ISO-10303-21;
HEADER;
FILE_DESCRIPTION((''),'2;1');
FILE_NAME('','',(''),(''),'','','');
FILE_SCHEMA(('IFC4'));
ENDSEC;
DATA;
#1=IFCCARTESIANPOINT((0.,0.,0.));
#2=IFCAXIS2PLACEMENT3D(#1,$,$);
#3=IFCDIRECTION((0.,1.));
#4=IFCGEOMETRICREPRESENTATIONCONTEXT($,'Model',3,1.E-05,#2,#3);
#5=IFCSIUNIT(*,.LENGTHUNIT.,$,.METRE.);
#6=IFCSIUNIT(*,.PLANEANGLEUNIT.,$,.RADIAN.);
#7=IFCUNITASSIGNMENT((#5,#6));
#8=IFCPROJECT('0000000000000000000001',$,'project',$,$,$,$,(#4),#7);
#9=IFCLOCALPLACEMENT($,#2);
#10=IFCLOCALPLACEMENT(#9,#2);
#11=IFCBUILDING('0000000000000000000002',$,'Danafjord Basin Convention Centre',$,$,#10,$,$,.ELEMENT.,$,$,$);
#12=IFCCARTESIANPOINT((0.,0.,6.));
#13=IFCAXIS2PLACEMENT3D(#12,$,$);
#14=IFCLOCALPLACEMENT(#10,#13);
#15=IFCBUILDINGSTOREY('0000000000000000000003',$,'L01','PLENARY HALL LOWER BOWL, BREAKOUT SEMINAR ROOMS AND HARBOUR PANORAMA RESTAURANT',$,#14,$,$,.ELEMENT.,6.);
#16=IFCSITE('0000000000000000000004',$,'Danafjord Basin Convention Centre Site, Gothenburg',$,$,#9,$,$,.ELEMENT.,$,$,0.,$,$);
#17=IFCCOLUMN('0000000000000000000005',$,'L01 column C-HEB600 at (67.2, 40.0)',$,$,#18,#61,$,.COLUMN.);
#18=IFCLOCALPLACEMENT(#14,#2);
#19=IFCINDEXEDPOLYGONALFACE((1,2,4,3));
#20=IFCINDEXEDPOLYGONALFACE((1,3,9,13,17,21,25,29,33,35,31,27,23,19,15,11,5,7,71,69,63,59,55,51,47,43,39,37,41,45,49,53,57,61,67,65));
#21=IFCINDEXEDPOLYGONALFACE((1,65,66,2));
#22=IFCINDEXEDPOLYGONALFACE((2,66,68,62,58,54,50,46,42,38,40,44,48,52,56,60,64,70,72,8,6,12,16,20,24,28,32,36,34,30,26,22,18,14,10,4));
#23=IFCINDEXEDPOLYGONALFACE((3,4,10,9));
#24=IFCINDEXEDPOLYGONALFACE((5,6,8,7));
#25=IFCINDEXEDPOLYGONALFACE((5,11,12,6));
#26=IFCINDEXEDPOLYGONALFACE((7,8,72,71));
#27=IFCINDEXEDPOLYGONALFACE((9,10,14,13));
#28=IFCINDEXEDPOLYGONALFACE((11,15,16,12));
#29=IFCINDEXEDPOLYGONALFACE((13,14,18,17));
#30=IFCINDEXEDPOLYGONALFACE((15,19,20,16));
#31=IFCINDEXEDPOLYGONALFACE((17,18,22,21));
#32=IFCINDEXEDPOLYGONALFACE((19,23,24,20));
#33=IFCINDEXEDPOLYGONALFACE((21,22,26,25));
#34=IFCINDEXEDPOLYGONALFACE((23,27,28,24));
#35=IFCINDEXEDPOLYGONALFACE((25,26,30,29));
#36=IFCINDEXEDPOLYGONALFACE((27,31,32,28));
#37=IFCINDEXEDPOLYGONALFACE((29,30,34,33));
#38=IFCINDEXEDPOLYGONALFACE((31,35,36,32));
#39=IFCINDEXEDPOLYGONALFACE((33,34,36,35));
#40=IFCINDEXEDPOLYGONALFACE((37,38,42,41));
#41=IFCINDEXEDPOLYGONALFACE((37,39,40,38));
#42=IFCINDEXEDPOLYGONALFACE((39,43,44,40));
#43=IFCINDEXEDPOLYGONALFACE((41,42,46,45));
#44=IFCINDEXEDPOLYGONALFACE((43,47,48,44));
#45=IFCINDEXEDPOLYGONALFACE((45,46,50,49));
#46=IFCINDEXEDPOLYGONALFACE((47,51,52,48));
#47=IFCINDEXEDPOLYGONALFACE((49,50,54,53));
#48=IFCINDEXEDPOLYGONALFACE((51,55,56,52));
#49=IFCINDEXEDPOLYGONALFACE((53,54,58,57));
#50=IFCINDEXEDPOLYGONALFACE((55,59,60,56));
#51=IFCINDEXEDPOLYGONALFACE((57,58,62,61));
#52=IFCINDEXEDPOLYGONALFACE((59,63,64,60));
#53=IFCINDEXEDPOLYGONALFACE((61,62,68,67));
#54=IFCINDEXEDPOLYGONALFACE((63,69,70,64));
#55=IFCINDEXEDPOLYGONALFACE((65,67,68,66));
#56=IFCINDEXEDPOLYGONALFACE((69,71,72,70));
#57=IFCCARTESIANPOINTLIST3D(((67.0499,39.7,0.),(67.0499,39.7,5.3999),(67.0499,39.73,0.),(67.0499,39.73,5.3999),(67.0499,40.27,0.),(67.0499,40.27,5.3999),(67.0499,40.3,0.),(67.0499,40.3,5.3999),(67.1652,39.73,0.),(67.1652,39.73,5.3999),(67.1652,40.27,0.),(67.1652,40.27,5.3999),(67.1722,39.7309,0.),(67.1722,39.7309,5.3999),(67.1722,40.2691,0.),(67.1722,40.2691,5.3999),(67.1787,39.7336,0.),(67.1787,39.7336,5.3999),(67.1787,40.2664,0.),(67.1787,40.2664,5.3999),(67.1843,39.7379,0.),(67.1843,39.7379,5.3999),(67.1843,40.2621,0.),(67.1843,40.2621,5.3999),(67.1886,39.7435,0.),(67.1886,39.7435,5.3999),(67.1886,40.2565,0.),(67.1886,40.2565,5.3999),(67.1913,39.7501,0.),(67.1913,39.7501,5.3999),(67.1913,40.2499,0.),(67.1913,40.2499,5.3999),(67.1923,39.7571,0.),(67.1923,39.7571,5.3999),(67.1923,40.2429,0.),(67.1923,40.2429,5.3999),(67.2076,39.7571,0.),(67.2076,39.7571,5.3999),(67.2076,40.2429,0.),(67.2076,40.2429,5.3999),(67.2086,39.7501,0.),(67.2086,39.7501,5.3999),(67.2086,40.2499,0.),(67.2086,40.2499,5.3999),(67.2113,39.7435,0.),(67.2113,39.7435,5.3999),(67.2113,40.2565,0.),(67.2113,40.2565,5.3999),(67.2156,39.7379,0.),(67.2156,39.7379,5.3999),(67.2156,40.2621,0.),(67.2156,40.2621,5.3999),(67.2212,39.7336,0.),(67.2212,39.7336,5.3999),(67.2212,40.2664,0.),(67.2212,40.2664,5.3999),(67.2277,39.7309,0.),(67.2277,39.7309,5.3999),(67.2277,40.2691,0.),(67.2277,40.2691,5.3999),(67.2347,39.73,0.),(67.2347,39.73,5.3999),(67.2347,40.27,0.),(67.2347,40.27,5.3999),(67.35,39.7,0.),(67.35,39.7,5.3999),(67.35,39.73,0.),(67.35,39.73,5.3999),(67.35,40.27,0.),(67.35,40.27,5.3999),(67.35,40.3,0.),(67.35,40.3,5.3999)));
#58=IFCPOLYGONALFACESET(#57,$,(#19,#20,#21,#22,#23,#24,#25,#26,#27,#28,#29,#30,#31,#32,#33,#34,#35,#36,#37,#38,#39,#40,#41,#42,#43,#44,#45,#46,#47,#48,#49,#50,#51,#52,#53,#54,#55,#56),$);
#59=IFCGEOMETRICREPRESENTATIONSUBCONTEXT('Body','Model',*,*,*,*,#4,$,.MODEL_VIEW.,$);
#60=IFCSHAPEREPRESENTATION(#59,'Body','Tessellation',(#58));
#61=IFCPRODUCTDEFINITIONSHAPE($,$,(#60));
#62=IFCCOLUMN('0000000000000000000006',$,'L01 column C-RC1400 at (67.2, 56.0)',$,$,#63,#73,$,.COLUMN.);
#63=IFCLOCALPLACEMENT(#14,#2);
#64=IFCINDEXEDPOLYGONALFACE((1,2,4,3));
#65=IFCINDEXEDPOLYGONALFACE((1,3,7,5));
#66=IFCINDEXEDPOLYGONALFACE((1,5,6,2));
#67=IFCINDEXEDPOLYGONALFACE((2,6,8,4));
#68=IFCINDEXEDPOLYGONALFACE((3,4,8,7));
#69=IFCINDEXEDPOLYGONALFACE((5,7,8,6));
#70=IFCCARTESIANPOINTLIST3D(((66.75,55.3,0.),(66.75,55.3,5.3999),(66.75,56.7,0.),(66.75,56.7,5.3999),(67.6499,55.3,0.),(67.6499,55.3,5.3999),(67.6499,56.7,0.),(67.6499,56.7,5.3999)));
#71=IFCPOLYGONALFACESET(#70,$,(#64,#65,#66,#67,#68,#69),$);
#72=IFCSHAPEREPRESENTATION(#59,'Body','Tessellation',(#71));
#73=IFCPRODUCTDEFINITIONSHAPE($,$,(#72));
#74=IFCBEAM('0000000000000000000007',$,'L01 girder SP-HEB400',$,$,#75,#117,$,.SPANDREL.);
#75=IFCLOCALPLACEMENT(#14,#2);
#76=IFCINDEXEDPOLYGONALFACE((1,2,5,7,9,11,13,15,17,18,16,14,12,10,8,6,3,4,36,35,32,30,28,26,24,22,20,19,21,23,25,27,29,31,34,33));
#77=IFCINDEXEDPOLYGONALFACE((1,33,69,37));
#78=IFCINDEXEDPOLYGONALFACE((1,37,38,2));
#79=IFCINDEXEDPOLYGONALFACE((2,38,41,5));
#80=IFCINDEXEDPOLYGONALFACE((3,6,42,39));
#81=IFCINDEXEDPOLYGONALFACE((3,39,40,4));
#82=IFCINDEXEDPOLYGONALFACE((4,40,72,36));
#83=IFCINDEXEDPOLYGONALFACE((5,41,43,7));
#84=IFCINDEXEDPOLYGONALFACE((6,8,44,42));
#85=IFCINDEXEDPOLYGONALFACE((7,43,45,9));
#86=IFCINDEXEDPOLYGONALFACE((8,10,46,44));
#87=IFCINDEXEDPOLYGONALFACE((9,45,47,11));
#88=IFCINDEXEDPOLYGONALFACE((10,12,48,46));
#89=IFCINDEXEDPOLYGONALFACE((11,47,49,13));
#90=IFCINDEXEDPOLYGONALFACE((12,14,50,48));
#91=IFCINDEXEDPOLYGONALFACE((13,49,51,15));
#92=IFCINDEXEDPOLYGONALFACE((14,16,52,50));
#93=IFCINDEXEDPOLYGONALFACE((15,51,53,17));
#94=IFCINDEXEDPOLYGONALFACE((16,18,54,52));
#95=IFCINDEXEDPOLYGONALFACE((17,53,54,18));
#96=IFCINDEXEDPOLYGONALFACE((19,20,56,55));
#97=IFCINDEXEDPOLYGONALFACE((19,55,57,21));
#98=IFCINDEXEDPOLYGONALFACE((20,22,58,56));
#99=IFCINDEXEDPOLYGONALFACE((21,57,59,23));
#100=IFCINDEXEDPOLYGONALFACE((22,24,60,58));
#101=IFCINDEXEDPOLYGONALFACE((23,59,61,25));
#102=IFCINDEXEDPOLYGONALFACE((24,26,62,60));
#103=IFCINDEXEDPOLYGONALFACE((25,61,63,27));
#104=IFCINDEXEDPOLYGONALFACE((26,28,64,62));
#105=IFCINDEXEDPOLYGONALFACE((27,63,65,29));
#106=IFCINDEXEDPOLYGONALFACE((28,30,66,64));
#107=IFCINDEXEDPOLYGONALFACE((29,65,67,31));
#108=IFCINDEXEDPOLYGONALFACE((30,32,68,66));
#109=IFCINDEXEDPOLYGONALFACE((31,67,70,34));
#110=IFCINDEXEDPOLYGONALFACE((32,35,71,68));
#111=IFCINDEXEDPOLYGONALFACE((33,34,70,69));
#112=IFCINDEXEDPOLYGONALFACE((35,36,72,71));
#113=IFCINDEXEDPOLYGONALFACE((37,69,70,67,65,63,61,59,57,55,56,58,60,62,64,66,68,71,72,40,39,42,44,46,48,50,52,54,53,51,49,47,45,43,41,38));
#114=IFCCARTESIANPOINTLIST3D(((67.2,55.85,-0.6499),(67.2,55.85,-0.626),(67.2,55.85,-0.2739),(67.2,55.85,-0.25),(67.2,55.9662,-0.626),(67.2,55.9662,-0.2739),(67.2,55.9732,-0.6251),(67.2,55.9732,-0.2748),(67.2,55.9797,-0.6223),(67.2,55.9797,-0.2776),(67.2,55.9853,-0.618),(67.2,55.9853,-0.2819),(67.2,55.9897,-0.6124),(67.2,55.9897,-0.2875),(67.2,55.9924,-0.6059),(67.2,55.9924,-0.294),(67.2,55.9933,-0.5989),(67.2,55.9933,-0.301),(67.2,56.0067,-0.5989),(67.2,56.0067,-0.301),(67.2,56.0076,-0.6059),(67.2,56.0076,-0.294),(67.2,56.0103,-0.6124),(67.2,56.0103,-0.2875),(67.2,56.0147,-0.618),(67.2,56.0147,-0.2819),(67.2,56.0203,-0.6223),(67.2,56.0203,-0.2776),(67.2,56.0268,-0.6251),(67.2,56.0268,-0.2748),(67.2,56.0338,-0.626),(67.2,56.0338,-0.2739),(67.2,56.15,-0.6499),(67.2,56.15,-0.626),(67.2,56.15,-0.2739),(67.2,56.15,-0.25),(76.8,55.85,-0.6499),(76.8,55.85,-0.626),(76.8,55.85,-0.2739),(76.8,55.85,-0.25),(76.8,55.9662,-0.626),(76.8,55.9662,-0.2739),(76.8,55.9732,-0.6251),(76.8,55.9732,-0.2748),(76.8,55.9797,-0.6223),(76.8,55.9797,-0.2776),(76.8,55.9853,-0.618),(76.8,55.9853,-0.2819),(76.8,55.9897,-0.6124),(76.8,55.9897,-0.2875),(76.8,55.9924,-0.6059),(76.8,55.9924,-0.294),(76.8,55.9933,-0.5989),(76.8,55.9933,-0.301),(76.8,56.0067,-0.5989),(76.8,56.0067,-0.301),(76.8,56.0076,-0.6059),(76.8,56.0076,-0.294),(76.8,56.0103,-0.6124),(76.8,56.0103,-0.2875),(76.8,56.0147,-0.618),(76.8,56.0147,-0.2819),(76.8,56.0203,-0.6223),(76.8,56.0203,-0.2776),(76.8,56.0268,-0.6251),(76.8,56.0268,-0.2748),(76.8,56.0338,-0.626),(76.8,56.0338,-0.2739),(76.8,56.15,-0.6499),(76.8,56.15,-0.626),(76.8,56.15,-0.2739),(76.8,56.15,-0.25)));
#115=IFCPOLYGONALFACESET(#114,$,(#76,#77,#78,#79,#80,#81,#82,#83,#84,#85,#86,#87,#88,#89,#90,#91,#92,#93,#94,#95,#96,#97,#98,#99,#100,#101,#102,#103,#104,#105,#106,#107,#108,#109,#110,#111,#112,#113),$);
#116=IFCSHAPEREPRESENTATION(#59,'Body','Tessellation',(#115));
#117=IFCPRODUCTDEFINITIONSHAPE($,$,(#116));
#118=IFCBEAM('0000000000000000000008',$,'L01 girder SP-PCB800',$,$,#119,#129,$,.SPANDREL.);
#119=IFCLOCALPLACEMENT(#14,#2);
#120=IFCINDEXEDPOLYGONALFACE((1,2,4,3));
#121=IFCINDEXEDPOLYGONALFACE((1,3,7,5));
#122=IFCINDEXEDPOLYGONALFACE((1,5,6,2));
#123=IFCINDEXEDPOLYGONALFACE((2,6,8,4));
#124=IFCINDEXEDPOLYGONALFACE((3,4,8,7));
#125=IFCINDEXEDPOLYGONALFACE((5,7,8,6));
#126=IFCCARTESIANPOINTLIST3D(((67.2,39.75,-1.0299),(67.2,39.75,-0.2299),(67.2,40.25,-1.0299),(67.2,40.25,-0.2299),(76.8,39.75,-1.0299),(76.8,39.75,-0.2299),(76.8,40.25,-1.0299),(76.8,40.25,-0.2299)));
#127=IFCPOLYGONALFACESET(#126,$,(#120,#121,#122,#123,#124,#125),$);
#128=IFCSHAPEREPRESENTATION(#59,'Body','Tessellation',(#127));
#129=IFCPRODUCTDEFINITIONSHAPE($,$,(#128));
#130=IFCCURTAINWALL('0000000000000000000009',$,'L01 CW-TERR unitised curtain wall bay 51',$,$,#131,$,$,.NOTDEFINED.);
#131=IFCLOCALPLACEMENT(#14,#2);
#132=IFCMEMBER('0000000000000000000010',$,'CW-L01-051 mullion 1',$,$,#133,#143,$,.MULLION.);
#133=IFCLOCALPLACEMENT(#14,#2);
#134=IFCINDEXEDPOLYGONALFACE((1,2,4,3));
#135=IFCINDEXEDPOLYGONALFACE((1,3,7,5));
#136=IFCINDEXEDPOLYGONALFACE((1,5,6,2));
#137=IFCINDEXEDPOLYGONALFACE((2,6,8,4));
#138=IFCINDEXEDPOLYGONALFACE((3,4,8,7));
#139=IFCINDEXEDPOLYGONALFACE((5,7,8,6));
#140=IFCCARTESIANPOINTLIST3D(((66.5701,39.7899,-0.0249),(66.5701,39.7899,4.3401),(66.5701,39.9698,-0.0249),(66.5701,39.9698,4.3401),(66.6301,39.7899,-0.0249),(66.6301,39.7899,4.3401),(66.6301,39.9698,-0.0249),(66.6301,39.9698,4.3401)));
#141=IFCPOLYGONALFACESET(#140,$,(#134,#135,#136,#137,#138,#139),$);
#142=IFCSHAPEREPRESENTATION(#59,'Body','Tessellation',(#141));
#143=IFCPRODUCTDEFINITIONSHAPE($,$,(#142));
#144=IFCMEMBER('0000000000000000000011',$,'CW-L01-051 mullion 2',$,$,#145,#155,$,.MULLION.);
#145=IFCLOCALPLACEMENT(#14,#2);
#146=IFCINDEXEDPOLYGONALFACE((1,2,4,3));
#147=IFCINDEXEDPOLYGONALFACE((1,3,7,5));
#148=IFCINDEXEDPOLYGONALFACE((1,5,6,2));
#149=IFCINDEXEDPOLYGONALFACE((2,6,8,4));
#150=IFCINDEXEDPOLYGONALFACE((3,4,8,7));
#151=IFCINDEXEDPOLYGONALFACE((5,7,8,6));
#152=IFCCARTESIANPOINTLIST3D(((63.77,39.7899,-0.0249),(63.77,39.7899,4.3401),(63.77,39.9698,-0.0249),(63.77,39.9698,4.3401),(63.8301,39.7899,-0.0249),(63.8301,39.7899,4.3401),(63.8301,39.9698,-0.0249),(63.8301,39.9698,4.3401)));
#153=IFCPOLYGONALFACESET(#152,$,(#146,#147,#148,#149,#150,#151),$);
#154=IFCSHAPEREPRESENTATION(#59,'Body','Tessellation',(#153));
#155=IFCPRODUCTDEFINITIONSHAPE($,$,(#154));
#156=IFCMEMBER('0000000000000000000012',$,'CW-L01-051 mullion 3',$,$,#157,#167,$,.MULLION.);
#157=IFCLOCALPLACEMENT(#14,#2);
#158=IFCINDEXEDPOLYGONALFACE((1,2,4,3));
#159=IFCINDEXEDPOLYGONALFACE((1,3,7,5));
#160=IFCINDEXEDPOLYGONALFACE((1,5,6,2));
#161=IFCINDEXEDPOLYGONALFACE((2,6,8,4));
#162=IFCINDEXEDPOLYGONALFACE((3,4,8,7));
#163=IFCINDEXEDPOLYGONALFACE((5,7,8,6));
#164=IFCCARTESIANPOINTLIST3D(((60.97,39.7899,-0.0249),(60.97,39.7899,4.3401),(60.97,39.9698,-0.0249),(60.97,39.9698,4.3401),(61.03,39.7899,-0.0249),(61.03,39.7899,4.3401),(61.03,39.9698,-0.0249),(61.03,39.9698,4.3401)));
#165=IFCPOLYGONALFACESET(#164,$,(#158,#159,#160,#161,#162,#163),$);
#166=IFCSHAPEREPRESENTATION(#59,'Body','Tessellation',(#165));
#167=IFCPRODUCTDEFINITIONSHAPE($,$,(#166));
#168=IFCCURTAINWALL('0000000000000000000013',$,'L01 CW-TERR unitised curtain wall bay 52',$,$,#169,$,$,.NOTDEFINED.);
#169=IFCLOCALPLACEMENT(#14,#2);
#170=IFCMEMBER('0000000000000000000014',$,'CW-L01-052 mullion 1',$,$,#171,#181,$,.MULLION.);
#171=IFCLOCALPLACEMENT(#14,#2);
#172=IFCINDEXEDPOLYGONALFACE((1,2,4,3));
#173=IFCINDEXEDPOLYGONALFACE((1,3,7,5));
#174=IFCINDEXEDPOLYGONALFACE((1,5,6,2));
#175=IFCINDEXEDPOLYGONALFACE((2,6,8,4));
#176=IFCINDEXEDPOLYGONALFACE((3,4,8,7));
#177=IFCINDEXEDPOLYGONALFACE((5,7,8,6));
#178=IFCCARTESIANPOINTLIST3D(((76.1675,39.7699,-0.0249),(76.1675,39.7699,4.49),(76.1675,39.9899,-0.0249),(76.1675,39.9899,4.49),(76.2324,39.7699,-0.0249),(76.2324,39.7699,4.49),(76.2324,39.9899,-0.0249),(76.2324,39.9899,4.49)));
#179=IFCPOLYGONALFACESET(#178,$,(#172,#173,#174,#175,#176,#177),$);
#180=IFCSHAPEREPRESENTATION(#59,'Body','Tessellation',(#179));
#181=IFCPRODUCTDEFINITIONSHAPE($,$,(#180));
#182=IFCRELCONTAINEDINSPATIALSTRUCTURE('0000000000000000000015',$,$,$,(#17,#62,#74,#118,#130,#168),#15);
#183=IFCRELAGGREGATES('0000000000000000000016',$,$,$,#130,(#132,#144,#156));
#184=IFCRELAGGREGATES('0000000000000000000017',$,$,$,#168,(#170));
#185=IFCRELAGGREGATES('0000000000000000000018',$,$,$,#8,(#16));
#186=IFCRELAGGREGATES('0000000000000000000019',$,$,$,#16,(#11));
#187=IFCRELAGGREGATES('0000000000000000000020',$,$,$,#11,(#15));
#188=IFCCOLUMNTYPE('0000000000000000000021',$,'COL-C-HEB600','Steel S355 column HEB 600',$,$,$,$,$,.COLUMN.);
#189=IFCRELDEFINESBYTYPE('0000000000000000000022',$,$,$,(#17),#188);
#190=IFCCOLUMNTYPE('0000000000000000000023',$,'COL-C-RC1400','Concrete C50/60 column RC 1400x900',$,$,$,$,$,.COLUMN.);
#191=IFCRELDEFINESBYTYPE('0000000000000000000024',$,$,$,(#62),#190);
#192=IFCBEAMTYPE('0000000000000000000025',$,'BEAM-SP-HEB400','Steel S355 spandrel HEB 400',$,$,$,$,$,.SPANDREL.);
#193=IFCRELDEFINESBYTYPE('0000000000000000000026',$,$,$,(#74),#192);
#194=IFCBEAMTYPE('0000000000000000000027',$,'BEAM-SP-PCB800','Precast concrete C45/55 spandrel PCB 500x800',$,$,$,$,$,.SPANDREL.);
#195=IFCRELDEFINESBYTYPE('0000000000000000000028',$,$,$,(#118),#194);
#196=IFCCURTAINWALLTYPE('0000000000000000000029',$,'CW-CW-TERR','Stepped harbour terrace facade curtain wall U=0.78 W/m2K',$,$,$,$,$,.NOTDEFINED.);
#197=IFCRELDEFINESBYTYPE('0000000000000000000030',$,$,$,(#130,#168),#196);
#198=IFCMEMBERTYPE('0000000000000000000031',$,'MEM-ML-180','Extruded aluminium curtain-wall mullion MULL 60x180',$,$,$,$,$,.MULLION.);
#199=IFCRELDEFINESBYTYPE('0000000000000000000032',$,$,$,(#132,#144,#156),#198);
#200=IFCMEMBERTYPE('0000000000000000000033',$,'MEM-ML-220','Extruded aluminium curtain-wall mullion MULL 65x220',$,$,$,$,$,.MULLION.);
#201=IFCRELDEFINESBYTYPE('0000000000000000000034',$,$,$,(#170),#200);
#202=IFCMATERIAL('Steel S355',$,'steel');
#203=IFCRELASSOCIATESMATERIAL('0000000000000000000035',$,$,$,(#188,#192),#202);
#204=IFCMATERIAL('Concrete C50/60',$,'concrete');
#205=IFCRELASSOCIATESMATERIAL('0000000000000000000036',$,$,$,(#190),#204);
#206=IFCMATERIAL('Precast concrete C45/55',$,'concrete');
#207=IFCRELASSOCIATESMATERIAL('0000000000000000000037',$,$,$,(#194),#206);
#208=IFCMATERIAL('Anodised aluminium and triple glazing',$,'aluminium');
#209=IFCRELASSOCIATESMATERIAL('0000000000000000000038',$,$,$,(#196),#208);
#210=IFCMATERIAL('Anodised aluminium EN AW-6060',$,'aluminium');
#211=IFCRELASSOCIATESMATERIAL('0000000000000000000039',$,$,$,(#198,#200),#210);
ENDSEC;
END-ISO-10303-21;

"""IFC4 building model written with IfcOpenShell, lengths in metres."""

from ifc_helpers import new_model, si_unit, direction, frame, origin, origin_2d, place, context, subcontext, project, spatial, rectangle, i_section, extrude, material, material_profile, profile_set, type_object, element, aggregate, save


model = new_model("IFC4")

# Units and contexts
model_context = context("Model", 3, precision=1e-05, world=origin(), true_north=direction((0.0, 1.0)))
body_context = subcontext(model_context, "Body", "Model", "MODEL_VIEW")
ifc_project = project(units=[si_unit("LENGTHUNIT", "METRE"), si_unit("PLANEANGLEUNIT", "RADIAN")], contexts=[model_context])

# Site, building, storey
site_placement = place(None, origin())
site = spatial("IfcSite", under=ifc_project, at=site_placement, Name="Danafjord Basin Convention Centre Site, Gothenburg", CompositionType="ELEMENT", RefElevation=0.0)
building_placement = place(site_placement, origin())
building = spatial("IfcBuilding", under=site, at=building_placement, Name="Danafjord Basin Convention Centre", CompositionType="ELEMENT")
storey_placement = place(building_placement, frame((0.0, 0.0, 6.0)))
storey = spatial("IfcBuildingStorey", under=building, at=storey_placement, Name="L01", Description="PLENARY HALL LOWER BOWL, BREAKOUT SEMINAR ROOMS AND HARBOUR PANORAMA RESTAURANT", CompositionType="ELEMENT", Elevation=6.0)

# Columns
ifc_material_1 = material(Name="Steel S355", Category="steel")
ifc_material_profile_1 = material_profile(ifc_material_1, i_section(OverallWidth=0.3, OverallDepth=0.6001, WebThickness=0.0154, FlangeThickness=0.03, FilletRadius=0.0271, at=origin_2d()), Name="HEB 600")
ifc_profile_set_1 = profile_set([ifc_material_profile_1], Name="Steel S355")
column_type_1 = type_object("IfcColumnType", Name="COL-C-HEB600", Description="Steel S355 column HEB 600", PredefinedType="COLUMN", material=ifc_profile_set_1)
column_1_placement = place(storey_placement, frame((67.2, 40.0, 0.0), z_axis=(0.0, 0.0, 1.0), x_axis=(1.0, 0.0, 0.0)))
element("IfcColumn", 1, at=column_1_placement, inside=storey, type_object=column_type_1, Name="L01 column C-HEB600 at (67.2, 40.0)", PredefinedType="COLUMN", context=body_context, shape_type="SweptSolid", body=[
    extrude(i_section(OverallWidth=0.3, OverallDepth=0.6001, WebThickness=0.0154, FlangeThickness=0.03, FilletRadius=0.0271, at=origin_2d()), origin(), (0.0, 0.0, 1.0), 5.3999),
])
ifc_material_2 = material(Name="Concrete C50/60", Category="concrete")
ifc_material_profile_2 = material_profile(ifc_material_2, rectangle(XDim=0.8999, YDim=1.3999, at=origin_2d()), Name="RC 1400x900")
ifc_profile_set_2 = profile_set([ifc_material_profile_2], Name="Concrete C50/60")
column_type_2 = type_object("IfcColumnType", Name="COL-C-RC1400", Description="Concrete C50/60 column RC 1400x900", PredefinedType="COLUMN", material=ifc_profile_set_2)
column_2_placement = place(storey_placement, frame((67.2, 56.0, 0.0), z_axis=(0.0, 0.0, 1.0), x_axis=(1.0, 0.0, 0.0)))
element("IfcColumn", 2, at=column_2_placement, inside=storey, type_object=column_type_2, Name="L01 column C-RC1400 at (67.2, 56.0)", PredefinedType="COLUMN", context=body_context, shape_type="SweptSolid", body=[
    extrude(rectangle(XDim=0.8999, YDim=1.3999, at=origin_2d()), origin(), (0.0, 0.0, 1.0), 5.3999),
])

# Beams
ifc_material_profile_3 = material_profile(ifc_material_1, i_section(OverallWidth=0.3, OverallDepth=0.3999, WebThickness=0.0134, FlangeThickness=0.0239, FilletRadius=0.0271, at=origin_2d()), Name="HEB 400")
ifc_profile_set_3 = profile_set([ifc_material_profile_3], Name="Steel S355")
beam_type_1 = type_object("IfcBeamType", Name="BEAM-SP-HEB400", Description="Steel S355 spandrel HEB 400", PredefinedType="SPANDREL", material=ifc_profile_set_3)
beam_1_placement = place(storey_placement, frame((67.2, 56.0, -0.45), z_axis=(1.0, 0.0, 0.0), x_axis=(0.0, 1.0, 0.0)))
element("IfcBeam", 3, at=beam_1_placement, inside=storey, type_object=beam_type_1, Name="L01 girder SP-HEB400", PredefinedType="SPANDREL", context=body_context, shape_type="SweptSolid", body=[
    extrude(i_section(OverallWidth=0.3, OverallDepth=0.3999, WebThickness=0.0134, FlangeThickness=0.0239, FilletRadius=0.0271, at=origin_2d()), origin(), (0.0, 0.0, 1.0), 9.6001),
])
ifc_material_3 = material(Name="Precast concrete C45/55", Category="concrete")
ifc_material_profile_4 = material_profile(ifc_material_3, rectangle(XDim=0.5, YDim=0.8, at=origin_2d()), Name="PCB 500x800")
ifc_profile_set_4 = profile_set([ifc_material_profile_4], Name="Precast concrete C45/55")
beam_type_2 = type_object("IfcBeamType", Name="BEAM-SP-PCB800", Description="Precast concrete C45/55 spandrel PCB 500x800", PredefinedType="SPANDREL", material=ifc_profile_set_4)
beam_2_placement = place(storey_placement, frame((67.2, 40.0, -0.6299), z_axis=(1.0, 0.0, 0.0), x_axis=(0.0, 1.0, 0.0)))
element("IfcBeam", 4, at=beam_2_placement, inside=storey, type_object=beam_type_2, Name="L01 girder SP-PCB800", PredefinedType="SPANDREL", context=body_context, shape_type="SweptSolid", body=[
    extrude(rectangle(XDim=0.5, YDim=0.8, at=origin_2d()), origin(), (0.0, 0.0, 1.0), 9.6001),
])

# Curtain walls, members
ifc_material_4 = material(Name="Anodised aluminium and triple glazing", Category="aluminium")
curtain_wall_type_1 = type_object("IfcCurtainWallType", Name="CW-CW-TERR", Description="Stepped harbour terrace facade curtain wall U=0.78 W/m2K", PredefinedType="NOTDEFINED", material=ifc_material_4)
curtain_wall_1_placement = place(storey_placement, origin())
curtain_wall_1 = element("IfcCurtainWall", 5, at=curtain_wall_1_placement, inside=storey, type_object=curtain_wall_type_1, Name="L01 CW-TERR unitised curtain wall bay 51", PredefinedType="NOTDEFINED")
ifc_material_5 = material(Name="Anodised aluminium EN AW-6060", Category="aluminium")
ifc_material_profile_5 = material_profile(ifc_material_5, rectangle(XDim=0.0601, YDim=0.1799, at=origin_2d()), Name="MULL 60x180")
ifc_profile_set_5 = profile_set([ifc_material_profile_5], Name="Anodised aluminium EN AW-6060")
member_type_1 = type_object("IfcMemberType", Name="MEM-ML-180", Description="Extruded aluminium curtain-wall mullion MULL 60x180", PredefinedType="MULLION", material=ifc_profile_set_5)
member_1_placement = place(storey_placement, frame((66.6001, 39.8799, -0.0249), z_axis=(0.0, 0.0, 1.0), x_axis=(-1.0, 0.0, 0.0)))
member_1 = element("IfcMember", 6, at=member_1_placement, type_object=member_type_1, Name="CW-L01-051 mullion 1", PredefinedType="MULLION", context=body_context, shape_type="SweptSolid", body=[
    extrude(rectangle(XDim=0.0601, YDim=0.1799, at=origin_2d()), origin(), (0.0, 0.0, 1.0), 4.365),
])
member_2_placement = place(storey_placement, frame((63.8, 39.8799, -0.0249), z_axis=(0.0, 0.0, 1.0), x_axis=(-1.0, 0.0, 0.0)))
member_2 = element("IfcMember", 7, at=member_2_placement, type_object=member_type_1, Name="CW-L01-051 mullion 2", PredefinedType="MULLION", context=body_context, shape_type="SweptSolid", body=[
    extrude(rectangle(XDim=0.0601, YDim=0.1799, at=origin_2d()), origin(), (0.0, 0.0, 1.0), 4.365),
])
member_3_placement = place(storey_placement, frame((61.0, 39.8799, -0.0249), z_axis=(0.0, 0.0, 1.0), x_axis=(-1.0, 0.0, 0.0)))
member_3 = element("IfcMember", 8, at=member_3_placement, type_object=member_type_1, Name="CW-L01-051 mullion 3", PredefinedType="MULLION", context=body_context, shape_type="SweptSolid", body=[
    extrude(rectangle(XDim=0.0601, YDim=0.1799, at=origin_2d()), origin(), (0.0, 0.0, 1.0), 4.365),
])
curtain_wall_2_placement = place(storey_placement, origin())
curtain_wall_2 = element("IfcCurtainWall", 9, at=curtain_wall_2_placement, inside=storey, type_object=curtain_wall_type_1, Name="L01 CW-TERR unitised curtain wall bay 52", PredefinedType="NOTDEFINED")
ifc_material_profile_6 = material_profile(ifc_material_5, rectangle(XDim=0.0649, YDim=0.22, at=origin_2d()), Name="MULL 65x220")
ifc_profile_set_6 = profile_set([ifc_material_profile_6], Name="Anodised aluminium EN AW-6060")
member_type_2 = type_object("IfcMemberType", Name="MEM-ML-220", Description="Extruded aluminium curtain-wall mullion MULL 65x220", PredefinedType="MULLION", material=ifc_profile_set_6)
member_4_placement = place(storey_placement, frame((76.2, 39.8799, -0.0249), z_axis=(0.0, 0.0, 1.0), x_axis=(-1.0, 0.0, 0.0)))
member_4 = element("IfcMember", 10, at=member_4_placement, type_object=member_type_2, Name="CW-L01-052 mullion 1", PredefinedType="MULLION", context=body_context, shape_type="SweptSolid", body=[
    extrude(rectangle(XDim=0.0649, YDim=0.22, at=origin_2d()), origin(), (0.0, 0.0, 1.0), 4.5149),
])

aggregate(curtain_wall_1, [member_1, member_2, member_3])
aggregate(curtain_wall_2, [member_4])

save(model, "model.ifc")
